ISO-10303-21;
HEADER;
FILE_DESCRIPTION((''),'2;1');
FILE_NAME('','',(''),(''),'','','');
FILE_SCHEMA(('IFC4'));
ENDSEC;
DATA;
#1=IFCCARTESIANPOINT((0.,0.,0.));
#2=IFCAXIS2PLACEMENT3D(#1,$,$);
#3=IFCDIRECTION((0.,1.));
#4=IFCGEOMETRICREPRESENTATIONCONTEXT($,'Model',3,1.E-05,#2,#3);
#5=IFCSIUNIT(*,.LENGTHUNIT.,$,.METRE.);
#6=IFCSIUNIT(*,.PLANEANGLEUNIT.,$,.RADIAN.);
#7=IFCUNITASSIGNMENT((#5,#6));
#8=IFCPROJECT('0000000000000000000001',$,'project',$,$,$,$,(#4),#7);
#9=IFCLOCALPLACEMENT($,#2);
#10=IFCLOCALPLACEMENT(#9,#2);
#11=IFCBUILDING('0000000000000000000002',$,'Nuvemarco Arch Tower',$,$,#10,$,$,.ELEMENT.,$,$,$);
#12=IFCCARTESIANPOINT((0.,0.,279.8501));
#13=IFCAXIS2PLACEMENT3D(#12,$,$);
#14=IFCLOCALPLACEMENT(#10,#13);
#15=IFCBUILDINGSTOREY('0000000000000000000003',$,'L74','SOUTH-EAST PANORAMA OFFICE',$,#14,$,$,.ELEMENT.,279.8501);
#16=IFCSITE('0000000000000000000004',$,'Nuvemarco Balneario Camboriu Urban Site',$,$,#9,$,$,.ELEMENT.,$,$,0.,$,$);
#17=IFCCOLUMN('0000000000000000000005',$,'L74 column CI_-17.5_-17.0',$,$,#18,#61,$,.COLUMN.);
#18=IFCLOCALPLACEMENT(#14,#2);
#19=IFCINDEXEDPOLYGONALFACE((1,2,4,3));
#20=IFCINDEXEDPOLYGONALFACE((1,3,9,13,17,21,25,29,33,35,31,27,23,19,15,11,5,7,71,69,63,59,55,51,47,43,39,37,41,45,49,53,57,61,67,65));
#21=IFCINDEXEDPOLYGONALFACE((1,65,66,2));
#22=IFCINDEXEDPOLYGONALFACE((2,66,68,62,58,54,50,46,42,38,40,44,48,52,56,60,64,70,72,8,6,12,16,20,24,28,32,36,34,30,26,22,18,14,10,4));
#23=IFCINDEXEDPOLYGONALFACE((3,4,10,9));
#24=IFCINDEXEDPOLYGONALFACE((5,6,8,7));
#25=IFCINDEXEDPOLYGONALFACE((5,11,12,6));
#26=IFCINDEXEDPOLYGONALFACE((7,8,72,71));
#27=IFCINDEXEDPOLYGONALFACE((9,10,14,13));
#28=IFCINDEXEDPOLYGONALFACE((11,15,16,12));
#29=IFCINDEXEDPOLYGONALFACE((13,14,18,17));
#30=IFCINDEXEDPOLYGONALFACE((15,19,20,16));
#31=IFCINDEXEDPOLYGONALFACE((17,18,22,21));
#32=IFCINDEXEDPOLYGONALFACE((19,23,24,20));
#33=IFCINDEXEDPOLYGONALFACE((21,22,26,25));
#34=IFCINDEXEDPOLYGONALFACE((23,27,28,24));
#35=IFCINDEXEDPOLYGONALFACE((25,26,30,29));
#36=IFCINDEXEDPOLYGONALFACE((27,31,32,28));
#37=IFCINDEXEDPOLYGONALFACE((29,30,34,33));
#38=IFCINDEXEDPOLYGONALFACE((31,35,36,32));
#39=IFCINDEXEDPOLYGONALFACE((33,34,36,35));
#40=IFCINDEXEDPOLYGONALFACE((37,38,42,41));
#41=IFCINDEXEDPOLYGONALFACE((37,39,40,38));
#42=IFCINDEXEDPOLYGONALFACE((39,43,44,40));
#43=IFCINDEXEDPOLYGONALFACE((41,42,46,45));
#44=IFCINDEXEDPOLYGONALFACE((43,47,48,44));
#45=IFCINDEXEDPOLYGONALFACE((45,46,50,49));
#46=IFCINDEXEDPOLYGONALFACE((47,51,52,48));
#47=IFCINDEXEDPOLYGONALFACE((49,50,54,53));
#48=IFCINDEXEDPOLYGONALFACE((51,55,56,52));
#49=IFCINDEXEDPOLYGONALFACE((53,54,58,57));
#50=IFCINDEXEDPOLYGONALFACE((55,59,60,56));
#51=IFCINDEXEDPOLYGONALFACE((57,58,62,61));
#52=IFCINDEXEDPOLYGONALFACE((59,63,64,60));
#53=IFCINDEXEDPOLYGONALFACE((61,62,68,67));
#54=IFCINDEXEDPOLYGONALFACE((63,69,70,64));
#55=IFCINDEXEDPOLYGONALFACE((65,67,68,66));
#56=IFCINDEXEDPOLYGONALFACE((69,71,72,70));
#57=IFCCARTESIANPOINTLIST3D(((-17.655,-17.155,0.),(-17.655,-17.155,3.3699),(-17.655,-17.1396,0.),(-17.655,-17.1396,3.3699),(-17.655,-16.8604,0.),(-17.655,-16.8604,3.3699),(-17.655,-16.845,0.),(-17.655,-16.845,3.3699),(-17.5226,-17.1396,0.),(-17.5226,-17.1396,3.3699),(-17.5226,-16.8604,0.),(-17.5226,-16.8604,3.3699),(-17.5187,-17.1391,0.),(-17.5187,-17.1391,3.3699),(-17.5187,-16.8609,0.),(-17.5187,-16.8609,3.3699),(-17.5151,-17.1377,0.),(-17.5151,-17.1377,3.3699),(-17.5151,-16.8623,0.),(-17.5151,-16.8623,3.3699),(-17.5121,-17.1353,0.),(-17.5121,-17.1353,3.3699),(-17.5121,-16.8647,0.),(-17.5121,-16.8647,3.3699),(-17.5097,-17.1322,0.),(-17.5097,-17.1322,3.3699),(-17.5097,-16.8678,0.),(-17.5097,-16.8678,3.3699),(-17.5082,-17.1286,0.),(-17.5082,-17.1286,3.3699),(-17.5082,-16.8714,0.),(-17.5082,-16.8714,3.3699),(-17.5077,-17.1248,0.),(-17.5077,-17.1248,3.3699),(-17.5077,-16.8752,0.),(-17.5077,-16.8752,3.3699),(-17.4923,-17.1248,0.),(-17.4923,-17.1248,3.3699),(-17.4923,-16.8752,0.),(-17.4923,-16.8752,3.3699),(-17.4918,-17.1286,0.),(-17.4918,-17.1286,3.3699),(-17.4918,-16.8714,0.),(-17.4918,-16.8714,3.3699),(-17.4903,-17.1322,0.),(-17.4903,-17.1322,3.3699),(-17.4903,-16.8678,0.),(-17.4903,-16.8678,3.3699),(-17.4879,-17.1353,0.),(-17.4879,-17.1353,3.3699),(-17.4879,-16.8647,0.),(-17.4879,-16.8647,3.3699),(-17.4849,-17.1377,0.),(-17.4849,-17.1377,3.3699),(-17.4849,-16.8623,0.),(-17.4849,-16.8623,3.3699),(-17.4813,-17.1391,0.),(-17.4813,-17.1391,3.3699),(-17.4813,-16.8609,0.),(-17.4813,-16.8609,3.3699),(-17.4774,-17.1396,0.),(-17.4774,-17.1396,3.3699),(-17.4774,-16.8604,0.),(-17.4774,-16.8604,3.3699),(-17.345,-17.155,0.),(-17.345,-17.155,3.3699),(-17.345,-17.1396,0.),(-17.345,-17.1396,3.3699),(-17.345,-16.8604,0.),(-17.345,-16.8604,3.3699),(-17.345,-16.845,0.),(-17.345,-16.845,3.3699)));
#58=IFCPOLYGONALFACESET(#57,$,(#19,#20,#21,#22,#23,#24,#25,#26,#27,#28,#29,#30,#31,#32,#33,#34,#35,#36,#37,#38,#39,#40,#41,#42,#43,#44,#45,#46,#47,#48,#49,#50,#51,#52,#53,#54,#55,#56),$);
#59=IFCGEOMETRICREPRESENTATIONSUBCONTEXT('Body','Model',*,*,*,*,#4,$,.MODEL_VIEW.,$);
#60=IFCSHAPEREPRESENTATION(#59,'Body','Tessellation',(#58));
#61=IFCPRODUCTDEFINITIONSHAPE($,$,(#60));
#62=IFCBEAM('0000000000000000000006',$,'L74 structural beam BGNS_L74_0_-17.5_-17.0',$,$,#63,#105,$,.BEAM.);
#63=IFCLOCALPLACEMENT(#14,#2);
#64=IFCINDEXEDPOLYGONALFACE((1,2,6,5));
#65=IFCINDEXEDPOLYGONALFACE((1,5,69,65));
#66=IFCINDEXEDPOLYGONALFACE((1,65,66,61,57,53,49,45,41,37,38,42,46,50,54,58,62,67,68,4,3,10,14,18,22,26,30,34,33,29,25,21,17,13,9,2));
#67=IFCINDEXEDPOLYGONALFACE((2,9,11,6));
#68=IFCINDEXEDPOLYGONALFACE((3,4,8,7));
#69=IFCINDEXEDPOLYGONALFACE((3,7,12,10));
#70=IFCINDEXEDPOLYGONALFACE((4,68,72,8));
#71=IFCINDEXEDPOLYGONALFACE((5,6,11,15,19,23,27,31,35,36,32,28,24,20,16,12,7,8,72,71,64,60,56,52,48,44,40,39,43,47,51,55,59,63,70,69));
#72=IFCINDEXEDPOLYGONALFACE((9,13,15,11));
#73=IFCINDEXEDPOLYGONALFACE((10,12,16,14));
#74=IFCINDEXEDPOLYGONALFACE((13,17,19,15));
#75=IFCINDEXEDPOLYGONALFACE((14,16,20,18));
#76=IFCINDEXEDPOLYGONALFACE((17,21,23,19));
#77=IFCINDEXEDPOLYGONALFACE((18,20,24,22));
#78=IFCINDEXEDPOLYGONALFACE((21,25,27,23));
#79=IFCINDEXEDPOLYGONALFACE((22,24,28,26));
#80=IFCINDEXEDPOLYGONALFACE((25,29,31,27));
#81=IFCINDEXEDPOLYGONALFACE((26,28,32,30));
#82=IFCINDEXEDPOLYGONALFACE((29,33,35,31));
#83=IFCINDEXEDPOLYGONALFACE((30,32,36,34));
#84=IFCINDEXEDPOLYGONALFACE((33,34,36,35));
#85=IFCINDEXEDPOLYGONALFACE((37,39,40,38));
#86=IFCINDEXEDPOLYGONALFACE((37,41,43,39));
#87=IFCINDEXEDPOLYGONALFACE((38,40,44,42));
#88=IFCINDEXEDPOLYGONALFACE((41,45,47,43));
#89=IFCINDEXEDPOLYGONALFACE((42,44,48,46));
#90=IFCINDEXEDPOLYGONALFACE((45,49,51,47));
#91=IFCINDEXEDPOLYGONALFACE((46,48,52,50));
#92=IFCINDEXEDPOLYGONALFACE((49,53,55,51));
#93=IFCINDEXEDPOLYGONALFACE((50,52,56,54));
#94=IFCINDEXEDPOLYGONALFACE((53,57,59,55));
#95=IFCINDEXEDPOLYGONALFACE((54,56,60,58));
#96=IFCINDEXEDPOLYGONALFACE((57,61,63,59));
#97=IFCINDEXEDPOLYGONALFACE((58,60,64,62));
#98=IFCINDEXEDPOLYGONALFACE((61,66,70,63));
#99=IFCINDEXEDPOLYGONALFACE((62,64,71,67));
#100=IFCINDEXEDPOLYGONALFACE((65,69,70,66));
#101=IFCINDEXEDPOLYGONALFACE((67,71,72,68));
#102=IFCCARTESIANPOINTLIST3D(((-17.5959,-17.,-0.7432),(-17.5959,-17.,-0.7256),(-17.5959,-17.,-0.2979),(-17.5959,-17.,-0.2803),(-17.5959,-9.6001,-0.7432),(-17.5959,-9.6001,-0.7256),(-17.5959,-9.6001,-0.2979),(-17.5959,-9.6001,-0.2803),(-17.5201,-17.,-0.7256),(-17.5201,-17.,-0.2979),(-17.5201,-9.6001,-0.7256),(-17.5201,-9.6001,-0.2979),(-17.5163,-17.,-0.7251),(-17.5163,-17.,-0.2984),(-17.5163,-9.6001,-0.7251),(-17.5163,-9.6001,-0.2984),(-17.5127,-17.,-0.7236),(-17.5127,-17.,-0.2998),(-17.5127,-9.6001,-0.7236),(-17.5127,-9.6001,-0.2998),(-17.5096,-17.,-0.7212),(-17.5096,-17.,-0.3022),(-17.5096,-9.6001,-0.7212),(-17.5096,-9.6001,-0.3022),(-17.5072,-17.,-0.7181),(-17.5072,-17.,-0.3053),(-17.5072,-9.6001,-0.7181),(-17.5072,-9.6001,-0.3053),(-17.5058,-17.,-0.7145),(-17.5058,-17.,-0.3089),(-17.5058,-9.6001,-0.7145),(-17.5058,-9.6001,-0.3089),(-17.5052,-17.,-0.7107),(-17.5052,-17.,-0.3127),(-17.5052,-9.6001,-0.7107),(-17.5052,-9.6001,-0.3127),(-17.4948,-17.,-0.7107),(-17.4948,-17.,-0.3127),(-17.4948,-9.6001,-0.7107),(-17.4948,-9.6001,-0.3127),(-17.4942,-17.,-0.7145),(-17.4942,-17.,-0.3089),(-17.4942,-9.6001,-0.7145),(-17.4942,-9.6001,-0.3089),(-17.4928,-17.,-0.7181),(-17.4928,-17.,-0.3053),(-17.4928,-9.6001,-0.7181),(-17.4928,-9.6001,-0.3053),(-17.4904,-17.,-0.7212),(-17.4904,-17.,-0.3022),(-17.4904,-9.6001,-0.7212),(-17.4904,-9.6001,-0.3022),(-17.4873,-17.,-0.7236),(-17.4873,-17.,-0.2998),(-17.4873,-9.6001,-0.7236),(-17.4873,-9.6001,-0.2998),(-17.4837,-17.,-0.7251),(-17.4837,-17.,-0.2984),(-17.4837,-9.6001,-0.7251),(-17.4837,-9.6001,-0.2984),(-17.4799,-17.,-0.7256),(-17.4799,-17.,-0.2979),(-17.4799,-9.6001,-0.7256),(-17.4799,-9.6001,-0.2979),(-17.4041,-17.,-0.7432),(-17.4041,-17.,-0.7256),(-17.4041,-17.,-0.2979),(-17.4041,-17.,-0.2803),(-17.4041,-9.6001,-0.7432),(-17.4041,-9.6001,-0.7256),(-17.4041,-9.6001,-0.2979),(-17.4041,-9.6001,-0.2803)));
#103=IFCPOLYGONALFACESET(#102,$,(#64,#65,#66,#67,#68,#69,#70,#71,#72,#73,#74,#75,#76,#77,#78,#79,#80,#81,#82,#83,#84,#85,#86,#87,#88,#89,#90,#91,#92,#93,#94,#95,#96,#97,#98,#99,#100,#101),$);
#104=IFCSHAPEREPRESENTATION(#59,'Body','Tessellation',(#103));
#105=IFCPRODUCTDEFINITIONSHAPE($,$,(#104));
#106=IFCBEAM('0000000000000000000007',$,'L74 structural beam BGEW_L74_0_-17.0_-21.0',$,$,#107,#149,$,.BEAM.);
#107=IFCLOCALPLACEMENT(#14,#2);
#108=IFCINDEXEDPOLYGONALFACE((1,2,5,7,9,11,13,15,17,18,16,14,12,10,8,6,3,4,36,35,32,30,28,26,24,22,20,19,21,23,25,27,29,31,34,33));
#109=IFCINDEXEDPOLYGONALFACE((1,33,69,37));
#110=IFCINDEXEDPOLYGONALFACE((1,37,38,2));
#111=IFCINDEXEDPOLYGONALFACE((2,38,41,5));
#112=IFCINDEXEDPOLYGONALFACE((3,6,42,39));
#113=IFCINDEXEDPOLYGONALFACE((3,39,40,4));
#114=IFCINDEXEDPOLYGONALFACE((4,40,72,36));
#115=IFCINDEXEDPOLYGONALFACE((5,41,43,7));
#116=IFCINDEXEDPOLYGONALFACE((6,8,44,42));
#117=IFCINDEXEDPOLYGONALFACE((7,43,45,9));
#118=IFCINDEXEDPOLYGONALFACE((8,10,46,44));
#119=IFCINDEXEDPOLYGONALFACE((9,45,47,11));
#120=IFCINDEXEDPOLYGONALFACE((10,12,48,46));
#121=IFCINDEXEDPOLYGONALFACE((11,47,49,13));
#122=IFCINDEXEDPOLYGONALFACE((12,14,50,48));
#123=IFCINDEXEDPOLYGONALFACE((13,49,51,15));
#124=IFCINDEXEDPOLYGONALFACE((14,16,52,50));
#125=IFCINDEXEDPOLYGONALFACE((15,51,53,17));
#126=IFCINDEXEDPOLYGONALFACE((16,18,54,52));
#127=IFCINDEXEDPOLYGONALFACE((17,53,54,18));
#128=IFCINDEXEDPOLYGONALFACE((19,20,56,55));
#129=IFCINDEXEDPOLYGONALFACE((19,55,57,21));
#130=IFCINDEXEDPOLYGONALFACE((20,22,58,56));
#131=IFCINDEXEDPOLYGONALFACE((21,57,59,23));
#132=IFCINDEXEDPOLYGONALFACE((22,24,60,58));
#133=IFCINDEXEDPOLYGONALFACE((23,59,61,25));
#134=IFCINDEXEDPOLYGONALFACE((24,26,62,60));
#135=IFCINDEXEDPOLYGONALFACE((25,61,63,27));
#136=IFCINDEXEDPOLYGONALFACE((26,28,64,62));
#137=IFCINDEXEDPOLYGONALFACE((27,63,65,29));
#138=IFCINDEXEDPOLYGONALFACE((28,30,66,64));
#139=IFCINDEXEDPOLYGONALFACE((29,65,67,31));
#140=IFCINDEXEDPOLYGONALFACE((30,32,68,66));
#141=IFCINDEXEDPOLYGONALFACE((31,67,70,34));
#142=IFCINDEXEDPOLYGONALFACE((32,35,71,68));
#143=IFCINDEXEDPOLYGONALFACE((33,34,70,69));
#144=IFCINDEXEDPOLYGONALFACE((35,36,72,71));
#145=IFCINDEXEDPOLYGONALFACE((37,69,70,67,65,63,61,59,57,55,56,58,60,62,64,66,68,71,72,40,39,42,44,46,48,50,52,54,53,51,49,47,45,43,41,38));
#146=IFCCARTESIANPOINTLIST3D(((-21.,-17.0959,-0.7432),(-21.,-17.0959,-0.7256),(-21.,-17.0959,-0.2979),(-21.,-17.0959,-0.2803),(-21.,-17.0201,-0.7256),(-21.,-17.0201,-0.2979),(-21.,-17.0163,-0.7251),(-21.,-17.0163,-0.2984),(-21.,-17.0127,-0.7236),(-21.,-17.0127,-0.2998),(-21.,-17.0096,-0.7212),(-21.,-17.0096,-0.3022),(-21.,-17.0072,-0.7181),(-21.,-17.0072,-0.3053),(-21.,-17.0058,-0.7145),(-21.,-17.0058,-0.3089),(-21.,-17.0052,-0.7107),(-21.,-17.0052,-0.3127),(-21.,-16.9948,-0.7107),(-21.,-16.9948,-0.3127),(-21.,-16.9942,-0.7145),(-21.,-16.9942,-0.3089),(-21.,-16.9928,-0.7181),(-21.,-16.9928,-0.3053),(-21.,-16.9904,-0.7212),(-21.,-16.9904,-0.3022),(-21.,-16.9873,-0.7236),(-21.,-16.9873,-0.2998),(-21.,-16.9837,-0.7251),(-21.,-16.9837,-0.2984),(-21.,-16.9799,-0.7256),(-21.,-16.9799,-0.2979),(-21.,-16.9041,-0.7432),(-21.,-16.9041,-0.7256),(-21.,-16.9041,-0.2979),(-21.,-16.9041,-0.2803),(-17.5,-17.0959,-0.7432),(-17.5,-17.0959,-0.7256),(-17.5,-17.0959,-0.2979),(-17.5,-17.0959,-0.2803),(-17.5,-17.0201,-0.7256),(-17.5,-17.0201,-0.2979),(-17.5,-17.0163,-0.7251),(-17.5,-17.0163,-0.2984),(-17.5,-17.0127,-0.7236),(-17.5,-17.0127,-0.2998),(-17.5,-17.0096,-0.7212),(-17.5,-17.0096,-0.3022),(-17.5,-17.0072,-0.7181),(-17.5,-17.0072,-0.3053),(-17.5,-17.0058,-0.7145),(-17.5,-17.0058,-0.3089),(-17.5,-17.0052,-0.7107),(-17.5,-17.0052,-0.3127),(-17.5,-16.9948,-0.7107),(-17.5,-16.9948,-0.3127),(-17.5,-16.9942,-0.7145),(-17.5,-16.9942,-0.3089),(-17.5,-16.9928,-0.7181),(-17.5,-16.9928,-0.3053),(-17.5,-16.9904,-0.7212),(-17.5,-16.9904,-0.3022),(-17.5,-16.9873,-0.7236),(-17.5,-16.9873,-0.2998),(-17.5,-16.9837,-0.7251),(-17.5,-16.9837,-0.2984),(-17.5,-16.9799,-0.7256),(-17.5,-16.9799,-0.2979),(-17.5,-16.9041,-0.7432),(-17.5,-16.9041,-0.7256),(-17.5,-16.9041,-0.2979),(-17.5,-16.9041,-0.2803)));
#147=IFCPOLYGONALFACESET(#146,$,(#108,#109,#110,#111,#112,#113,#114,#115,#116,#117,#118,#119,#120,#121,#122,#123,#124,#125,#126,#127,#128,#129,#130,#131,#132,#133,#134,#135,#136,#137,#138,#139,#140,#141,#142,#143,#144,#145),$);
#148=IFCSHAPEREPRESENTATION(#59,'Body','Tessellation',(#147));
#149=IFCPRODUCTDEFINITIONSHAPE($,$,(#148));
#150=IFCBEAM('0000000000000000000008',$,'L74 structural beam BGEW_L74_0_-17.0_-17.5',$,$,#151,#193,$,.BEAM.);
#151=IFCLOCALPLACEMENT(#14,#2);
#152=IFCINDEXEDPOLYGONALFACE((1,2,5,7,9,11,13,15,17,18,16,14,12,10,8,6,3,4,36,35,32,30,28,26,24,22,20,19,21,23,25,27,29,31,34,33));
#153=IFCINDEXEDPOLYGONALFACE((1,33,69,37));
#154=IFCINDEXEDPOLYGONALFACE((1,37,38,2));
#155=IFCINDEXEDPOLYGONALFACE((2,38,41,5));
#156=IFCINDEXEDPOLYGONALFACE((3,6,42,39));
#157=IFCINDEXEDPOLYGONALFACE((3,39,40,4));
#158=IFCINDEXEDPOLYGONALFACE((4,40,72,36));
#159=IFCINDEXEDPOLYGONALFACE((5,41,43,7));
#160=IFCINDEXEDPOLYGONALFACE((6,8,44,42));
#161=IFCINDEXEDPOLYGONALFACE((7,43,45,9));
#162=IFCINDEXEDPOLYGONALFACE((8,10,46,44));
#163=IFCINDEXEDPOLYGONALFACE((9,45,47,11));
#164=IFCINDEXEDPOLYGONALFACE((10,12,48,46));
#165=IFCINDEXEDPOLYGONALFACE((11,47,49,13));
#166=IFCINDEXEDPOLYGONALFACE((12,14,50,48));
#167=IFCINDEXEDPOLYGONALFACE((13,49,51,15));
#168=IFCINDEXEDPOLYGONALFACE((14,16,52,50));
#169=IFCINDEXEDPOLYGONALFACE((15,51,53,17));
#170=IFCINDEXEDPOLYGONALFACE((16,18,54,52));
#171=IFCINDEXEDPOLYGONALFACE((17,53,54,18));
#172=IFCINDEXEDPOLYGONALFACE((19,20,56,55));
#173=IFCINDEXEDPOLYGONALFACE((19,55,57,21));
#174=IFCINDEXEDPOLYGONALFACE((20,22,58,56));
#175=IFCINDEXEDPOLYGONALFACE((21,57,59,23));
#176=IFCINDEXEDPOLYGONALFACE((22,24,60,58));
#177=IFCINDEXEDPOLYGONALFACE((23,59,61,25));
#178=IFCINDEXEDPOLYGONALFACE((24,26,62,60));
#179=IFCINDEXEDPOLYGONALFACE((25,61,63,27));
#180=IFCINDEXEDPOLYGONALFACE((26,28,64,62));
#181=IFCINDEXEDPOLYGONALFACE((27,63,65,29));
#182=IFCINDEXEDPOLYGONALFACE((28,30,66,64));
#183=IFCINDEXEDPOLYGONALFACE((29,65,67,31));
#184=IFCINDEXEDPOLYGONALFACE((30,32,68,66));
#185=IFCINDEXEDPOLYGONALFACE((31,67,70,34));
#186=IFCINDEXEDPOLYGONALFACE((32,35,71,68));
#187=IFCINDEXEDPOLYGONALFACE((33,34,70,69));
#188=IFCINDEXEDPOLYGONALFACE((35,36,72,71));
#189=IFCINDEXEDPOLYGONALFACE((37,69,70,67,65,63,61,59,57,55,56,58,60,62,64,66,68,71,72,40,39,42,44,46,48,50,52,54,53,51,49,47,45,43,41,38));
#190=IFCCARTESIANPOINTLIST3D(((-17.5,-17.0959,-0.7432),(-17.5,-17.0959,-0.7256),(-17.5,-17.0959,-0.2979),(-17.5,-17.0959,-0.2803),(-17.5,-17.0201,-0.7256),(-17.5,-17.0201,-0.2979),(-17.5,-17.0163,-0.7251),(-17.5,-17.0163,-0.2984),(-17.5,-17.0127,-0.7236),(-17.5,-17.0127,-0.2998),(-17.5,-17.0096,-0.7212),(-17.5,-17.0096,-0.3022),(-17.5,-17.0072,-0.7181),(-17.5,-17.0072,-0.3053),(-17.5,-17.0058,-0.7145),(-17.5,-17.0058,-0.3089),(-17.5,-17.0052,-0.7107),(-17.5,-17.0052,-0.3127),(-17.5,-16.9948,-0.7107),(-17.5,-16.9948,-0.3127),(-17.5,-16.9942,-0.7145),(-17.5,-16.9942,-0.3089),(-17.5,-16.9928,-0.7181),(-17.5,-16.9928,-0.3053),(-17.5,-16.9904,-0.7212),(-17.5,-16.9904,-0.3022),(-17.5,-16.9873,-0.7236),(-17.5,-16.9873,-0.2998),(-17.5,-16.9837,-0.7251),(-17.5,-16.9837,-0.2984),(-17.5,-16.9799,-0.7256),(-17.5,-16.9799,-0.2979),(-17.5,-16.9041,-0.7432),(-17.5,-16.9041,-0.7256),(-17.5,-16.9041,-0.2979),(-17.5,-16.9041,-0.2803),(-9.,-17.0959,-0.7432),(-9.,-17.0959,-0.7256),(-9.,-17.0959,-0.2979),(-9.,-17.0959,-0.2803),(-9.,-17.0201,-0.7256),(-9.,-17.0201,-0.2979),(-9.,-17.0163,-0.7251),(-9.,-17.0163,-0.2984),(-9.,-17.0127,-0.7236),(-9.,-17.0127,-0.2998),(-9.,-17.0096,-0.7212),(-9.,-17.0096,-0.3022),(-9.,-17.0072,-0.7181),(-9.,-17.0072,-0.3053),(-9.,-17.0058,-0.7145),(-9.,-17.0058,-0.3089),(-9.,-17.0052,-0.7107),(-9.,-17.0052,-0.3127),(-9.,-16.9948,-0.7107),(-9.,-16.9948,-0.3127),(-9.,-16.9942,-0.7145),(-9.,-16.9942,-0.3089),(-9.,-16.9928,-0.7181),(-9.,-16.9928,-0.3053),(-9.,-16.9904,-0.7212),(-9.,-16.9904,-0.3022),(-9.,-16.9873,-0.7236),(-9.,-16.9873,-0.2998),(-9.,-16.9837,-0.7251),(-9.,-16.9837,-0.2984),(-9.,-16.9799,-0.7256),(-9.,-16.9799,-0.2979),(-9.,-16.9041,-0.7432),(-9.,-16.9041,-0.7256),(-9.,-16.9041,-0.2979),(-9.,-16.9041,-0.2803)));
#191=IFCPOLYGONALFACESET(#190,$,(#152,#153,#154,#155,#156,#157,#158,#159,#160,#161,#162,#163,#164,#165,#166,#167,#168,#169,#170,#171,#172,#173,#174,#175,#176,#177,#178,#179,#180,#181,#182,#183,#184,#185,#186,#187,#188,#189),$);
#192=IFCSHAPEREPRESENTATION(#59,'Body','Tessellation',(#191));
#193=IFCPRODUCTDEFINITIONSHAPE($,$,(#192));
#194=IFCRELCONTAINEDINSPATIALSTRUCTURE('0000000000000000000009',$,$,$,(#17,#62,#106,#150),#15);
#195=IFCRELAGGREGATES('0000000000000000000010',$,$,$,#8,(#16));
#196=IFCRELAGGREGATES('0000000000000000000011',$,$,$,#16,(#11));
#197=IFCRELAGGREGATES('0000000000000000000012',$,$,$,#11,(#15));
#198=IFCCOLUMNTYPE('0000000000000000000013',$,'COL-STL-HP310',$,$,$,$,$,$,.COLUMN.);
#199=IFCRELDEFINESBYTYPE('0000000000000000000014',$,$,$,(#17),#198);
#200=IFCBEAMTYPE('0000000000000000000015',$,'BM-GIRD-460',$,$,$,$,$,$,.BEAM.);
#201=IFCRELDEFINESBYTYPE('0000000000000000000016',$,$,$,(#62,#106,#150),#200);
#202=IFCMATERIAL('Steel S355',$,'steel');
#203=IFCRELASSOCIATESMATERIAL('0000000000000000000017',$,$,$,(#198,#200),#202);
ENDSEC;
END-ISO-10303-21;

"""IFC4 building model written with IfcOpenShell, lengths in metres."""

from ifc_helpers import new_model, si_unit, direction, frame, origin, origin_2d, place, context, subcontext, project, spatial, i_section, extrude, material, material_profile, profile_set, type_object, element, save


model = new_model("IFC4")

# Units and contexts
model_context = context("Model", 3, precision=1e-05, world=origin(), true_north=direction((0.0, 1.0)))
body_context = subcontext(model_context, "Body", "Model", "MODEL_VIEW")
ifc_project = project(units=[si_unit("LENGTHUNIT", "METRE"), si_unit("PLANEANGLEUNIT", "RADIAN")], contexts=[model_context])

# Site, building, storey
site_placement = place(None, origin())
site = spatial("IfcSite", under=ifc_project, at=site_placement, Name="Nuvemarco Balneario Camboriu Urban Site", CompositionType="ELEMENT", RefElevation=0.0)
building_placement = place(site_placement, origin())
building = spatial("IfcBuilding", under=site, at=building_placement, Name="Nuvemarco Arch Tower", CompositionType="ELEMENT")
storey_placement = place(building_placement, frame((0.0, 0.0, 279.8501)))
storey = spatial("IfcBuildingStorey", under=building, at=storey_placement, Name="L74", Description="SOUTH-EAST PANORAMA OFFICE", CompositionType="ELEMENT", Elevation=279.8501)

# Column
ifc_material_1 = material(Name="Steel S355", Category="steel")
ifc_material_profile_1 = material_profile(ifc_material_1, i_section(OverallWidth=0.3101, OverallDepth=0.3101, WebThickness=0.0154, FlangeThickness=0.0154, FilletRadius=0.0149, at=origin_2d()), Name="HP310x110")
ifc_profile_set_1 = profile_set([ifc_material_profile_1], Name="Steel S355")
column_type = type_object("IfcColumnType", Name="COL-STL-HP310", PredefinedType="COLUMN", material=ifc_profile_set_1)
column_placement = place(storey_placement, frame((-17.5, -17.0, 0.0), z_axis=(0.0, 0.0, 1.0), x_axis=(1.0, 0.0, 0.0)))
element("IfcColumn", 1, at=column_placement, inside=storey, type_object=column_type, Name="L74 column CI_-17.5_-17.0", PredefinedType="COLUMN", context=body_context, shape_type="SweptSolid", body=[
    extrude(i_section(OverallWidth=0.3101, OverallDepth=0.3101, WebThickness=0.0154, FlangeThickness=0.0154, FilletRadius=0.0149, at=origin_2d()), origin(), (0.0, 0.0, 1.0), 3.3699),
])

# Beams
ifc_material_profile_2 = material_profile(ifc_material_1, i_section(OverallWidth=0.1919, OverallDepth=0.4629, WebThickness=0.0105, FlangeThickness=0.0176, FilletRadius=0.0149, at=origin_2d()), Name="W460x89")
ifc_profile_set_2 = profile_set([ifc_material_profile_2], Name="Steel S355")
beam_type_1 = type_object("IfcBeamType", Name="BM-GIRD-460", PredefinedType="BEAM", material=ifc_profile_set_2)
beam_1_placement = place(storey_placement, frame((-17.5, -17.0, -0.5117), z_axis=(0.0, 1.0, 0.0), x_axis=(-1.0, 0.0, 0.0)))
element("IfcBeam", 2, at=beam_1_placement, inside=storey, type_object=beam_type_1, Name="L74 structural beam BGNS_L74_0_-17.5_-17.0", PredefinedType="BEAM", context=body_context, shape_type="SweptSolid", body=[
    extrude(i_section(OverallWidth=0.1919, OverallDepth=0.4629, WebThickness=0.0105, FlangeThickness=0.0176, FilletRadius=0.0149, at=origin_2d()), origin(), (0.0, 0.0, 1.0), 7.3999),
])
beam_2_placement = place(storey_placement, frame((-21.0, -17.0, -0.5117), z_axis=(1.0, 0.0, 0.0), x_axis=(0.0, 1.0, 0.0)))
element("IfcBeam", 3, at=beam_2_placement, inside=storey, type_object=beam_type_1, Name="L74 structural beam BGEW_L74_0_-17.0_-21.0", PredefinedType="BEAM", context=body_context, shape_type="SweptSolid", body=[
    extrude(i_section(OverallWidth=0.1919, OverallDepth=0.4629, WebThickness=0.0105, FlangeThickness=0.0176, FilletRadius=0.0149, at=origin_2d()), origin(), (0.0, 0.0, 1.0), 3.5),
])
beam_3_placement = place(storey_placement, frame((-17.5, -17.0, -0.5117), z_axis=(1.0, 0.0, 0.0), x_axis=(0.0, 1.0, 0.0)))
element("IfcBeam", 4, at=beam_3_placement, inside=storey, type_object=beam_type_1, Name="L74 structural beam BGEW_L74_0_-17.0_-17.5", PredefinedType="BEAM", context=body_context, shape_type="SweptSolid", body=[
    extrude(i_section(OverallWidth=0.1919, OverallDepth=0.4629, WebThickness=0.0105, FlangeThickness=0.0176, FilletRadius=0.0149, at=origin_2d()), origin(), (0.0, 0.0, 1.0), 8.5),
])

save(model, "model.ifc")
